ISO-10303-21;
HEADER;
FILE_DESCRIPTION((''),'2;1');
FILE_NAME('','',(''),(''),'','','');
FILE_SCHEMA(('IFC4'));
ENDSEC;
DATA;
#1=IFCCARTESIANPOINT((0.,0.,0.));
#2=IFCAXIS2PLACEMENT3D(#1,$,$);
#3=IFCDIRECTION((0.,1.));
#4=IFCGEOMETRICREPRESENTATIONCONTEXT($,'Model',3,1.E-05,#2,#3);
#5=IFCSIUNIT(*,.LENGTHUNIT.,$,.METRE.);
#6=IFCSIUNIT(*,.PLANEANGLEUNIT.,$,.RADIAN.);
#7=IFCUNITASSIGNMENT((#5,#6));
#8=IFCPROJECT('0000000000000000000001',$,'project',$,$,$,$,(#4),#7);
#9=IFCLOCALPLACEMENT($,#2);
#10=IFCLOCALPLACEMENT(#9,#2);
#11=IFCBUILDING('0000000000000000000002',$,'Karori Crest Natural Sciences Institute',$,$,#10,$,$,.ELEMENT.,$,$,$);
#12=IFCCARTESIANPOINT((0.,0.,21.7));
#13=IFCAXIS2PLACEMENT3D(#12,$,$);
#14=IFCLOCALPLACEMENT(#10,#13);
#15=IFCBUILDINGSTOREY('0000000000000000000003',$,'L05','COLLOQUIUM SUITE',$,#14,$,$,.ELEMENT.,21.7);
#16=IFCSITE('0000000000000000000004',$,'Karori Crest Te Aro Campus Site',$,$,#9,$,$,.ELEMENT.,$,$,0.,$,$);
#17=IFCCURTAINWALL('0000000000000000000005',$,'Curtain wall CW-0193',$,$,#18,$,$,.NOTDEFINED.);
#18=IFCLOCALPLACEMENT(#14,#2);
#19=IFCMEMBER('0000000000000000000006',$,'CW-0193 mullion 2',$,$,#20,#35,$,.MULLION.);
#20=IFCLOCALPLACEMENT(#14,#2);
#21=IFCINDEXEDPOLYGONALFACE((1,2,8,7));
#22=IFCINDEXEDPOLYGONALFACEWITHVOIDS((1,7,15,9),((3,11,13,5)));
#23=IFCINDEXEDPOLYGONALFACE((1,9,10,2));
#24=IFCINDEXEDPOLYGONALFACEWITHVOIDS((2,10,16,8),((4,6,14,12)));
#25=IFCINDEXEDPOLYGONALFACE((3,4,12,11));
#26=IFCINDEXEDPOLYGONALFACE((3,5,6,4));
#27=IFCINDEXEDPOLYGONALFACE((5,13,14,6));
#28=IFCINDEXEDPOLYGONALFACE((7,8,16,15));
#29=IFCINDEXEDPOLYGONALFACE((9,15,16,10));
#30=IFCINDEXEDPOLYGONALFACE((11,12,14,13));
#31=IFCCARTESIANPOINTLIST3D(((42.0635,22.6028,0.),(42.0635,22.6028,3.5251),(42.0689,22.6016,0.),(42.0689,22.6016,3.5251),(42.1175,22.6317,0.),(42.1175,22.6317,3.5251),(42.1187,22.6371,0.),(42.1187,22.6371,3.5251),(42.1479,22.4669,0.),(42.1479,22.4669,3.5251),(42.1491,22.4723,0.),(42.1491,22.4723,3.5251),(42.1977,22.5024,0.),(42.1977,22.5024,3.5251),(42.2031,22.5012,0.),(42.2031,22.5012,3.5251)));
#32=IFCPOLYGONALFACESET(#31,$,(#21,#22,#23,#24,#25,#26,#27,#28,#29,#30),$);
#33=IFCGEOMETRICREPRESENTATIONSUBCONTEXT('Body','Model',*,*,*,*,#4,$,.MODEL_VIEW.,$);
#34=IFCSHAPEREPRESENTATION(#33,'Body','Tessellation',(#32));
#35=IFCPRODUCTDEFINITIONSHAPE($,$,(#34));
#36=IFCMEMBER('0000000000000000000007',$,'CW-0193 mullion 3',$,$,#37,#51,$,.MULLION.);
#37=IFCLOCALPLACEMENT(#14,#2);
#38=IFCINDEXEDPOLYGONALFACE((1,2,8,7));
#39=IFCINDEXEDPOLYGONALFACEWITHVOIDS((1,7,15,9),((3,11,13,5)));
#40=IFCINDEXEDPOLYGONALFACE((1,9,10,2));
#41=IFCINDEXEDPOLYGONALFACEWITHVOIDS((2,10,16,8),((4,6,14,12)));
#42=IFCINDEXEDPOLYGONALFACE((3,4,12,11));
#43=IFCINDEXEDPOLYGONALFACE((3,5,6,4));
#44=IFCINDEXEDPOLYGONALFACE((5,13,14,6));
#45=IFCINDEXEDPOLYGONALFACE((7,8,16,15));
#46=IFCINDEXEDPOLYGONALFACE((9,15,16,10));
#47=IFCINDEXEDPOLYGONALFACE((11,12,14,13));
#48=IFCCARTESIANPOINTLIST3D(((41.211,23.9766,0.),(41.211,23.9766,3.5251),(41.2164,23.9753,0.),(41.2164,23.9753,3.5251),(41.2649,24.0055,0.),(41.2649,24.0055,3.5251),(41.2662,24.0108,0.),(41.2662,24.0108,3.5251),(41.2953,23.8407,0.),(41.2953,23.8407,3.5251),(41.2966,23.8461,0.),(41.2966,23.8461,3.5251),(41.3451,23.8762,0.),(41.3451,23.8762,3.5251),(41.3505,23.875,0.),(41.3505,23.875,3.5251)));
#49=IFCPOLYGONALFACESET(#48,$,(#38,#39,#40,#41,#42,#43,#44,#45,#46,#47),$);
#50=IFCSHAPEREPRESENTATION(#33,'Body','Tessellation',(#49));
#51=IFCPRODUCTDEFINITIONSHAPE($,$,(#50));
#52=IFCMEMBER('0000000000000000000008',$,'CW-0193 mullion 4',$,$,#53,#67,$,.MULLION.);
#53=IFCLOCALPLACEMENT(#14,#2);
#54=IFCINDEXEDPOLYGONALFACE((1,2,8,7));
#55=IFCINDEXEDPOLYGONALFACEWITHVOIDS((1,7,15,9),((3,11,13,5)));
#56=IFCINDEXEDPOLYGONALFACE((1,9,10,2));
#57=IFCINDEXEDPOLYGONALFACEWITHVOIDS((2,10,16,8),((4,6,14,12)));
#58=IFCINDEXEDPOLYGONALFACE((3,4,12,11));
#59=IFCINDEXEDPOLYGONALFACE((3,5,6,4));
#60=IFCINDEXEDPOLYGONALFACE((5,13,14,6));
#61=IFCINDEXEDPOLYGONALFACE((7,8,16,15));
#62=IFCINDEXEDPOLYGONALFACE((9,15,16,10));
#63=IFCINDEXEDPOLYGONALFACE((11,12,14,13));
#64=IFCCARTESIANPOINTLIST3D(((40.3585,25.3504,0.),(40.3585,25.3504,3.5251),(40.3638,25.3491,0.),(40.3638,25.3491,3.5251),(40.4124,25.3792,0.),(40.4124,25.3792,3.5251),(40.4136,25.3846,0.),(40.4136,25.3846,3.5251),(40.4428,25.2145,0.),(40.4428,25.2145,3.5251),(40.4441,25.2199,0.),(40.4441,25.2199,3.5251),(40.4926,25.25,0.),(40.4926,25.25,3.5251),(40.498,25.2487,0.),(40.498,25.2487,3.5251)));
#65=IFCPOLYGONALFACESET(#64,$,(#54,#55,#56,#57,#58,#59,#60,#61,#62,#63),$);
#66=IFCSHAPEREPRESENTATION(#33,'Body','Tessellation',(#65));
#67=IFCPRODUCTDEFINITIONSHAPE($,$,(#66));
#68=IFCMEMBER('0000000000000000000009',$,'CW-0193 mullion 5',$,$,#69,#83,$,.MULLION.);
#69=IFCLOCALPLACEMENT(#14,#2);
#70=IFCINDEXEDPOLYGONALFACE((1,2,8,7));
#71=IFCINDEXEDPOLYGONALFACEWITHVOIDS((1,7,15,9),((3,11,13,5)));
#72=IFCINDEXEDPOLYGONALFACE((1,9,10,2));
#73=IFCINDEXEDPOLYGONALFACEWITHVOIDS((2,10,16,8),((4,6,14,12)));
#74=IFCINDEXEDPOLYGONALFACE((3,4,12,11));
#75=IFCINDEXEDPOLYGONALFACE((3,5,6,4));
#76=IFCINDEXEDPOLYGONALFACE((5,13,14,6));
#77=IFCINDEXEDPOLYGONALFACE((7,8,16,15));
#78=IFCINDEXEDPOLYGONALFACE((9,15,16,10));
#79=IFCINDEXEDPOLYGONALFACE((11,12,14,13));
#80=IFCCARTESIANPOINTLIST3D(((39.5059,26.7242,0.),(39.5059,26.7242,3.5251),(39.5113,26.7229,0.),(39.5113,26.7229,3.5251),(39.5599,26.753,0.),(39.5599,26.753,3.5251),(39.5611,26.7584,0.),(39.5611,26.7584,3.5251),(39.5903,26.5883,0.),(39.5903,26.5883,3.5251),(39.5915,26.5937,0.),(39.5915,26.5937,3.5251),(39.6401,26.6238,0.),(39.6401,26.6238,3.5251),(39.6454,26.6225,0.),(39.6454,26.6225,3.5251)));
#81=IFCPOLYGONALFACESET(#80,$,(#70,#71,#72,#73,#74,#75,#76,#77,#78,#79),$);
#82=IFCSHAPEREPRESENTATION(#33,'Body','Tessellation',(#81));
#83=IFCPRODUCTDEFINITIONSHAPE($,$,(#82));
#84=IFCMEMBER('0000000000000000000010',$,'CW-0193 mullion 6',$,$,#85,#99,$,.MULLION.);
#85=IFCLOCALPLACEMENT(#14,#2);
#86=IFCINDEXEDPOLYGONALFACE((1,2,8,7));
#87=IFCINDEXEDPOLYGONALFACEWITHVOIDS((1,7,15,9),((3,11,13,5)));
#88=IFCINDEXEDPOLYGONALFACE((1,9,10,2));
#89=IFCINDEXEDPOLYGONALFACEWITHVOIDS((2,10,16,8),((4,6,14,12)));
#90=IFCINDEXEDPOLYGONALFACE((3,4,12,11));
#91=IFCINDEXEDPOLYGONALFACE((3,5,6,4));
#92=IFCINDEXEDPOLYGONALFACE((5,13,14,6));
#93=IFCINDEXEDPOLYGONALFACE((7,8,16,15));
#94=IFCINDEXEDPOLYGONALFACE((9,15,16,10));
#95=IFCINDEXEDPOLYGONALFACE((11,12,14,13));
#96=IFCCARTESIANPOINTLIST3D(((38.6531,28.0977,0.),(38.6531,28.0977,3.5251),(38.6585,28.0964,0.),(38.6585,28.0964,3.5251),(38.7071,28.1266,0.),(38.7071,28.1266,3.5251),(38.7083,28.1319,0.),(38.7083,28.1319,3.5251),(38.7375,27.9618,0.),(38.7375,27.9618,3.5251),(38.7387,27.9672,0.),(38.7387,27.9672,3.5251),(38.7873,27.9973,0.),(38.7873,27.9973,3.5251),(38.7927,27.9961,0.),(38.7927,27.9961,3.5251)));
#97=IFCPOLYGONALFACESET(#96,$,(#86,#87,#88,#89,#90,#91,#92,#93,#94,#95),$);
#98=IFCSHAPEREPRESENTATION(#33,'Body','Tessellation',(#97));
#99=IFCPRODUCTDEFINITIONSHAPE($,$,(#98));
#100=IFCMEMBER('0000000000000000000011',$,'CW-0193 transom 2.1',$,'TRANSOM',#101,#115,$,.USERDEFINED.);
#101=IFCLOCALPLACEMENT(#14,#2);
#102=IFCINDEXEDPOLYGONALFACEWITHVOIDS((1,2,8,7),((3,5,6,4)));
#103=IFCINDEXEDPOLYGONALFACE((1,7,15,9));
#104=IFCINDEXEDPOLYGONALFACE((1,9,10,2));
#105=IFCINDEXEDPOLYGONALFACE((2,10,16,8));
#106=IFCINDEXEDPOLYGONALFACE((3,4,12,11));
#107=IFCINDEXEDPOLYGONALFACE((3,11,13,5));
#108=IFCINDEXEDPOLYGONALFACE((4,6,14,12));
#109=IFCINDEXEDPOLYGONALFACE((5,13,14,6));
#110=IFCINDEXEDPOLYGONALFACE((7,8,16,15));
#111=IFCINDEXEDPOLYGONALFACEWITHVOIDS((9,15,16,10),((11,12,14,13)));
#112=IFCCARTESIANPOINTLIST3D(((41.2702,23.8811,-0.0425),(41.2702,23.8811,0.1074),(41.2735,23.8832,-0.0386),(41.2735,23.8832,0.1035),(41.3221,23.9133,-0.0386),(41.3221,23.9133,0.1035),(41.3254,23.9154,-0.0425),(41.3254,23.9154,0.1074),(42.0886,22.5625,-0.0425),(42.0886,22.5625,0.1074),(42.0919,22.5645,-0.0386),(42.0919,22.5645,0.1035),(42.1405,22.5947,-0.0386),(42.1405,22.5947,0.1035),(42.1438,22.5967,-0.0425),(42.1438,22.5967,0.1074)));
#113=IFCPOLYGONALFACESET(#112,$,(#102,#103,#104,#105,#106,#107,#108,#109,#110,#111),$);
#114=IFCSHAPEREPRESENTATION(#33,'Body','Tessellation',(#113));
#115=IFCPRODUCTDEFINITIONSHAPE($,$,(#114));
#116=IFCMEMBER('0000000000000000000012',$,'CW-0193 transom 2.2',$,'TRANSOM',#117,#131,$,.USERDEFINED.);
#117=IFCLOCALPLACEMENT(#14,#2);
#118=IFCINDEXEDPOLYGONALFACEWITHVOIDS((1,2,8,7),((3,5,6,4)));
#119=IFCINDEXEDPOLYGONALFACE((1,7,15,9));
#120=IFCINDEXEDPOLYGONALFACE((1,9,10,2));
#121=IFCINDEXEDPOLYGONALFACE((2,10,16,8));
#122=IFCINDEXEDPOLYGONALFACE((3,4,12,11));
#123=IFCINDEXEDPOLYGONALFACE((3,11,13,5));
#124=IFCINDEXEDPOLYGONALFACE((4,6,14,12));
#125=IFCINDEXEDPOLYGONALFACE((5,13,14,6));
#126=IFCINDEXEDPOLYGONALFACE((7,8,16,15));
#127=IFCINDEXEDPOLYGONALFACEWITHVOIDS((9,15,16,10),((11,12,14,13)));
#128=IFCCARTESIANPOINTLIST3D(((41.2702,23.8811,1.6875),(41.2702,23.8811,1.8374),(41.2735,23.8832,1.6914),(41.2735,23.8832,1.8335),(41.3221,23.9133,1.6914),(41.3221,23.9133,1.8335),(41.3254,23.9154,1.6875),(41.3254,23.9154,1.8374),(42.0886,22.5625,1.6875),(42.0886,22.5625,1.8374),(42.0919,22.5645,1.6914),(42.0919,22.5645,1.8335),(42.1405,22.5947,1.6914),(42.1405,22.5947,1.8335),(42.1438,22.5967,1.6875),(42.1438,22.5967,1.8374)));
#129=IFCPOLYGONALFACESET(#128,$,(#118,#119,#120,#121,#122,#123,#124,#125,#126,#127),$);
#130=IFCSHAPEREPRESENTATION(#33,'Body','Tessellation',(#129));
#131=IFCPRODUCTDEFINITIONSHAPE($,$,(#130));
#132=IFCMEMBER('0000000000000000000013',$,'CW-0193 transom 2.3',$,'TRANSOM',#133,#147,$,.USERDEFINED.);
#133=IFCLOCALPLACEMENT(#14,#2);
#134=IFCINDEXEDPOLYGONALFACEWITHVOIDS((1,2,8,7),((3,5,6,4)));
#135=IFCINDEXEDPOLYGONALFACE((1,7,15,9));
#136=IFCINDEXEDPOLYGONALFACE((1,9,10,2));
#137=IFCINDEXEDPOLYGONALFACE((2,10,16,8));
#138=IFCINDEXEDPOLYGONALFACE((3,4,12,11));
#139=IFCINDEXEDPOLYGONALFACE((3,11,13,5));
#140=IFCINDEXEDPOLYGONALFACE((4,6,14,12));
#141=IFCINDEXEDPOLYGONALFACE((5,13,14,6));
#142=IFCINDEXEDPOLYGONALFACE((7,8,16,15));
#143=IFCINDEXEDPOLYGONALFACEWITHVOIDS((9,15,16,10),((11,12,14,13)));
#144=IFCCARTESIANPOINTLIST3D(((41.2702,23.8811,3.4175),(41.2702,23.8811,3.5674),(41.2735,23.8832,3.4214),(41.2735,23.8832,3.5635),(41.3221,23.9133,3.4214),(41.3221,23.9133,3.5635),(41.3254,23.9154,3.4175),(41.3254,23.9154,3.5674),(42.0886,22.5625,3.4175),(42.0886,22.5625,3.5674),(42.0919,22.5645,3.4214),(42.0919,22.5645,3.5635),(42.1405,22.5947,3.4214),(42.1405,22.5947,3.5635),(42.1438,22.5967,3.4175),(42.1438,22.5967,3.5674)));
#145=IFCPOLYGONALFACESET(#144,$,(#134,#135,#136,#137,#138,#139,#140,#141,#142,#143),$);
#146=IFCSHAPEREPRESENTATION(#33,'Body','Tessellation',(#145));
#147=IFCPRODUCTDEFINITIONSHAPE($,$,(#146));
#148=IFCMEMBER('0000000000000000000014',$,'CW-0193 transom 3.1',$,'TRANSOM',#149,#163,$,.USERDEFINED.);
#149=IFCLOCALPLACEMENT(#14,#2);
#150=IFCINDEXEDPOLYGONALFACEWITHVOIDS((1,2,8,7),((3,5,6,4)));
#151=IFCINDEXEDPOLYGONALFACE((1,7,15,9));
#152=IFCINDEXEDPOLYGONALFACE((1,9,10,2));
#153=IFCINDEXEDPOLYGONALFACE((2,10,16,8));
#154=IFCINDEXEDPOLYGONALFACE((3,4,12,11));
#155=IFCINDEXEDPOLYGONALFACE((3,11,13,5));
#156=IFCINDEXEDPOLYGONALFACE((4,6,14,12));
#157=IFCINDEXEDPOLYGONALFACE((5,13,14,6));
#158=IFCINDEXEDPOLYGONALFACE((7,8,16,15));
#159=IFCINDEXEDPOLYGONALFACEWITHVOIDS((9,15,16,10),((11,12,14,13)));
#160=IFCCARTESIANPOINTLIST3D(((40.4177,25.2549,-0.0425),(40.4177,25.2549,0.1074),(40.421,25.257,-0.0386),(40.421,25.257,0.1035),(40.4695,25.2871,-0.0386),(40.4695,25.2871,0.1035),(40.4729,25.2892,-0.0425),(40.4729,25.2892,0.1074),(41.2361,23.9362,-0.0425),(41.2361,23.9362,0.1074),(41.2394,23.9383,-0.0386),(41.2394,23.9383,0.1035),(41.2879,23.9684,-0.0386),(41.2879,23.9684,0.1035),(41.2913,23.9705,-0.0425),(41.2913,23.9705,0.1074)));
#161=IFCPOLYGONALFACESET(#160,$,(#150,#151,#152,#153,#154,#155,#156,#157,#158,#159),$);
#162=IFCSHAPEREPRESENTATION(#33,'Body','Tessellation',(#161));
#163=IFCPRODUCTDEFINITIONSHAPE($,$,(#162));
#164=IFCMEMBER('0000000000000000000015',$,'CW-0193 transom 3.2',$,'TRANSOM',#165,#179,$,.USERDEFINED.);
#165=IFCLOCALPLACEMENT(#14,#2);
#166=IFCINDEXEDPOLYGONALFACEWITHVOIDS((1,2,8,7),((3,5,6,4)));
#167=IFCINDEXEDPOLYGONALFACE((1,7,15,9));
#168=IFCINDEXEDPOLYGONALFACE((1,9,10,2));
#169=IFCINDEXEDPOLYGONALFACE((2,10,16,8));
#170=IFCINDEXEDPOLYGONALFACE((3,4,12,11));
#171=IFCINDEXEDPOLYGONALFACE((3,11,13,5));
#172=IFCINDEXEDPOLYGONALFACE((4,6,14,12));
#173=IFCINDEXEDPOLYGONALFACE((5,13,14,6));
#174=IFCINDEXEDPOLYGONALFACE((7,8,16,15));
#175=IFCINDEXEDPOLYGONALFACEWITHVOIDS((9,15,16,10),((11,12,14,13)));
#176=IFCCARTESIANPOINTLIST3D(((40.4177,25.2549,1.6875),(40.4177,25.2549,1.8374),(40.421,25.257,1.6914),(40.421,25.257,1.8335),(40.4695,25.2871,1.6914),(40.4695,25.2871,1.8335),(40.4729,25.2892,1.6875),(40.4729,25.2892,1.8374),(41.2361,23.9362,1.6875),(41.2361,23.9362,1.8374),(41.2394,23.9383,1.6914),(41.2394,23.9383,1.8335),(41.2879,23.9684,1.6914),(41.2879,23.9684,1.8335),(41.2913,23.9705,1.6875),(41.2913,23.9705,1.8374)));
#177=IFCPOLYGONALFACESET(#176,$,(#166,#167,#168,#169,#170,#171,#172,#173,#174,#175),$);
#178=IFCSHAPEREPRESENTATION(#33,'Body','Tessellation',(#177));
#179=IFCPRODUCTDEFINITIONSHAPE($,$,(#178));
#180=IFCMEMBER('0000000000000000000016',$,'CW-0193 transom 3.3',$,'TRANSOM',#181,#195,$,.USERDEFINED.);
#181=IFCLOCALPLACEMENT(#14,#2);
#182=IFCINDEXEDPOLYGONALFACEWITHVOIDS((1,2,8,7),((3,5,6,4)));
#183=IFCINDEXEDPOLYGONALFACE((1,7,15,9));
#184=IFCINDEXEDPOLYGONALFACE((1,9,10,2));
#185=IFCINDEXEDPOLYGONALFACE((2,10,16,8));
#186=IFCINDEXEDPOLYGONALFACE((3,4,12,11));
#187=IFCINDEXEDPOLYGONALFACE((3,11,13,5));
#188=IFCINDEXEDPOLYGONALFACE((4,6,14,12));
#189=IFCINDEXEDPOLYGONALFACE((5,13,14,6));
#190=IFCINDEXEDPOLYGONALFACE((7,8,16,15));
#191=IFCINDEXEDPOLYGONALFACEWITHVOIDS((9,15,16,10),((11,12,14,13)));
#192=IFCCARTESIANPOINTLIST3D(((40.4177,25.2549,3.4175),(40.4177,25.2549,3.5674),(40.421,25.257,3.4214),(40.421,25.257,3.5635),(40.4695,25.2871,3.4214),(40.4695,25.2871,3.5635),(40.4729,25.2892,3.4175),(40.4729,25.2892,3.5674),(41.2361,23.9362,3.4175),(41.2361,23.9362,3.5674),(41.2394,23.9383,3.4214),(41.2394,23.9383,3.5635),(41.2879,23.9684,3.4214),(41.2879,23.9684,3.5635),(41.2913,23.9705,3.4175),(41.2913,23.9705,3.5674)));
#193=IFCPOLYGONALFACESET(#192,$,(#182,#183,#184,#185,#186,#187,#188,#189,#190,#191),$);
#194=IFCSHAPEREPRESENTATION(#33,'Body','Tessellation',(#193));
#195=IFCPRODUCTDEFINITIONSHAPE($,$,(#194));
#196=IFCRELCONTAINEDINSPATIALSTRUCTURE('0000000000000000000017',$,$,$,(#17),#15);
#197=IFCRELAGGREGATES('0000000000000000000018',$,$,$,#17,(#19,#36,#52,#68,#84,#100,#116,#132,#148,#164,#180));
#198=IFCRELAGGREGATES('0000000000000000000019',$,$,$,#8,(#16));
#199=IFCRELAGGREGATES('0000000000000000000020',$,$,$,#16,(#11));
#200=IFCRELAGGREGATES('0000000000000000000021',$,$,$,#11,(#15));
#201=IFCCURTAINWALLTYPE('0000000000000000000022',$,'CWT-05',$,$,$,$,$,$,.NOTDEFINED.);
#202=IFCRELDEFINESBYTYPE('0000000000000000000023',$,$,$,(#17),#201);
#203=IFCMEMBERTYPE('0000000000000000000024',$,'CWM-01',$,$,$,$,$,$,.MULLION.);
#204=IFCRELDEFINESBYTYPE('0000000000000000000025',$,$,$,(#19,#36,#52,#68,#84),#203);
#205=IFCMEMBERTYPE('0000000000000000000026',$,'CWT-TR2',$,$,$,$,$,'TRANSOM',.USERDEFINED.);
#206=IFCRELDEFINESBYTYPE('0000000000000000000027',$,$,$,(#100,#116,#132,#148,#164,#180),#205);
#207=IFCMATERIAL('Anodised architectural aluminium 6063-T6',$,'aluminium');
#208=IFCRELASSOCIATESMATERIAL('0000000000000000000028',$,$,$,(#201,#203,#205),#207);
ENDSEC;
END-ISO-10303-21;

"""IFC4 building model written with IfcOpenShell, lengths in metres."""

from ifc_helpers import new_model, si_unit, direction, frame, origin, origin_2d, place, context, subcontext, project, spatial, hollow_rectangle, extrude, material, material_profile, profile_set, type_object, element, aggregate, save


model = new_model("IFC4")

# Units and contexts
model_context = context("Model", 3, precision=1e-05, world=origin(), true_north=direction((0.0, 1.0)))
body_context = subcontext(model_context, "Body", "Model", "MODEL_VIEW")
ifc_project = project(units=[si_unit("LENGTHUNIT", "METRE"), si_unit("PLANEANGLEUNIT", "RADIAN")], contexts=[model_context])

# Site, building, storey
site_placement = place(None, origin())
site = spatial("IfcSite", under=ifc_project, at=site_placement, Name="Karori Crest Te Aro Campus Site", CompositionType="ELEMENT", RefElevation=0.0)
building_placement = place(site_placement, origin())
building = spatial("IfcBuilding", under=site, at=building_placement, Name="Karori Crest Natural Sciences Institute", CompositionType="ELEMENT")
storey_placement = place(building_placement, frame((0.0, 0.0, 21.7)))
storey = spatial("IfcBuildingStorey", under=building, at=storey_placement, Name="L05", Description="COLLOQUIUM SUITE", CompositionType="ELEMENT", Elevation=21.7)

# Curtain wall, members
ifc_material_1 = material(Name="Anodised architectural aluminium 6063-T6", Category="aluminium")
curtain_wall_type = type_object("IfcCurtainWallType", Name="CWT-05", PredefinedType="NOTDEFINED", material=ifc_material_1)
curtain_wall_placement = place(storey_placement, origin())
curtain_wall = element("IfcCurtainWall", 1, at=curtain_wall_placement, inside=storey, type_object=curtain_wall_type, Name="Curtain wall CW-0193", PredefinedType="NOTDEFINED")
ifc_material_profile_1 = material_profile(ifc_material_1, hollow_rectangle(XDim=0.0649, YDim=0.1599, WallThickness=0.0039, at=origin_2d()), Name="CWM160x65x4")
ifc_profile_set_1 = profile_set([ifc_material_profile_1], Name="Anodised architectural aluminium 6063-T6")
member_type_1 = type_object("IfcMemberType", Name="CWM-01", PredefinedType="MULLION", material=ifc_profile_set_1)
member_1_placement = place(storey_placement, frame((42.1333, 22.552, 0.0), z_axis=(0.0, 0.0, 1.0), x_axis=(-0.849662, -0.527328, 0.0)))
member_1 = element("IfcMember", 2, at=member_1_placement, type_object=member_type_1, Name="CW-0193 mullion 2", PredefinedType="MULLION", context=body_context, shape_type="SweptSolid", body=[
    extrude(hollow_rectangle(XDim=0.0649, YDim=0.1599, WallThickness=0.0039, at=origin_2d()), origin(), (0.0, 0.0, 1.0), 3.5251),
])
member_2_placement = place(storey_placement, frame((41.2808, 23.9258, 0.0), z_axis=(0.0, 0.0, 1.0), x_axis=(-0.849662, -0.527328, 0.0)))
member_2 = element("IfcMember", 3, at=member_2_placement, type_object=member_type_1, Name="CW-0193 mullion 3", PredefinedType="MULLION", context=body_context, shape_type="SweptSolid", body=[
    extrude(hollow_rectangle(XDim=0.0649, YDim=0.1599, WallThickness=0.0039, at=origin_2d()), origin(), (0.0, 0.0, 1.0), 3.5251),
])
member_3_placement = place(storey_placement, frame((40.4282, 25.2996, 0.0), z_axis=(0.0, 0.0, 1.0), x_axis=(-0.849662, -0.527328, 0.0)))
member_3 = element("IfcMember", 4, at=member_3_placement, type_object=member_type_1, Name="CW-0193 mullion 4", PredefinedType="MULLION", context=body_context, shape_type="SweptSolid", body=[
    extrude(hollow_rectangle(XDim=0.0649, YDim=0.1599, WallThickness=0.0039, at=origin_2d()), origin(), (0.0, 0.0, 1.0), 3.5251),
])
member_4_placement = place(storey_placement, frame((39.5757, 26.6733, 0.0), z_axis=(0.0, 0.0, 1.0), x_axis=(-0.849662, -0.527328, 0.0)))
member_4 = element("IfcMember", 5, at=member_4_placement, type_object=member_type_1, Name="CW-0193 mullion 5", PredefinedType="MULLION", context=body_context, shape_type="SweptSolid", body=[
    extrude(hollow_rectangle(XDim=0.0649, YDim=0.1599, WallThickness=0.0039, at=origin_2d()), origin(), (0.0, 0.0, 1.0), 3.5251),
])
member_5_placement = place(storey_placement, frame((38.7229, 28.0469, 0.0), z_axis=(0.0, 0.0, 1.0), x_axis=(-0.849662, -0.527328, 0.0)))
member_5 = element("IfcMember", 6, at=member_5_placement, type_object=member_type_1, Name="CW-0193 mullion 6", PredefinedType="MULLION", context=body_context, shape_type="SweptSolid", body=[
    extrude(hollow_rectangle(XDim=0.0649, YDim=0.1599, WallThickness=0.0039, at=origin_2d()), origin(), (0.0, 0.0, 1.0), 3.5251),
])
ifc_material_profile_2 = material_profile(ifc_material_1, hollow_rectangle(XDim=0.0649, YDim=0.1499, WallThickness=0.0039, at=origin_2d()), Name="CWT150x65x4")
ifc_profile_set_2 = profile_set([ifc_material_profile_2], Name="Anodised architectural aluminium 6063-T6")
member_type_2 = type_object("IfcMemberType", Name="CWT-TR2", ElementType="TRANSOM", PredefinedType="USERDEFINED", material=ifc_profile_set_2)
member_6_placement = place(storey_placement, frame((42.1162, 22.5796, 0.0325), z_axis=(-0.527324, 0.849664, 0.0), x_axis=(-0.849664, -0.527324, 0.0)))
member_6 = element("IfcMember", 7, at=member_6_placement, type_object=member_type_2, Name="CW-0193 transom 2.1", ObjectType="TRANSOM", PredefinedType="USERDEFINED", context=body_context, shape_type="SweptSolid", body=[
    extrude(hollow_rectangle(XDim=0.0649, YDim=0.1499, WallThickness=0.0039, at=origin_2d()), origin(), (0.0, 0.0, 1.0), 1.552),
])
member_7_placement = place(storey_placement, frame((42.1162, 22.5796, 1.7625), z_axis=(-0.527324, 0.849664, 0.0), x_axis=(-0.849664, -0.527324, 0.0)))
member_7 = element("IfcMember", 8, at=member_7_placement, type_object=member_type_2, Name="CW-0193 transom 2.2", ObjectType="TRANSOM", PredefinedType="USERDEFINED", context=body_context, shape_type="SweptSolid", body=[
    extrude(hollow_rectangle(XDim=0.0649, YDim=0.1499, WallThickness=0.0039, at=origin_2d()), origin(), (0.0, 0.0, 1.0), 1.552),
])
member_8_placement = place(storey_placement, frame((42.1162, 22.5796, 3.4924), z_axis=(-0.527324, 0.849664, 0.0), x_axis=(-0.849664, -0.527324, 0.0)))
member_8 = element("IfcMember", 9, at=member_8_placement, type_object=member_type_2, Name="CW-0193 transom 2.3", ObjectType="TRANSOM", PredefinedType="USERDEFINED", context=body_context, shape_type="SweptSolid", body=[
    extrude(hollow_rectangle(XDim=0.0649, YDim=0.1499, WallThickness=0.0039, at=origin_2d()), origin(), (0.0, 0.0, 1.0), 1.552),
])
member_9_placement = place(storey_placement, frame((41.2637, 23.9534, 0.0325), z_axis=(-0.527324, 0.849664, 0.0), x_axis=(-0.849664, -0.527324, 0.0)))
member_9 = element("IfcMember", 10, at=member_9_placement, type_object=member_type_2, Name="CW-0193 transom 3.1", ObjectType="TRANSOM", PredefinedType="USERDEFINED", context=body_context, shape_type="SweptSolid", body=[
    extrude(hollow_rectangle(XDim=0.0649, YDim=0.1499, WallThickness=0.0039, at=origin_2d()), origin(), (0.0, 0.0, 1.0), 1.552),
])
member_10_placement = place(storey_placement, frame((41.2637, 23.9534, 1.7625), z_axis=(-0.527324, 0.849664, 0.0), x_axis=(-0.849664, -0.527324, 0.0)))
member_10 = element("IfcMember", 11, at=member_10_placement, type_object=member_type_2, Name="CW-0193 transom 3.2", ObjectType="TRANSOM", PredefinedType="USERDEFINED", context=body_context, shape_type="SweptSolid", body=[
    extrude(hollow_rectangle(XDim=0.0649, YDim=0.1499, WallThickness=0.0039, at=origin_2d()), origin(), (0.0, 0.0, 1.0), 1.552),
])
member_11_placement = place(storey_placement, frame((41.2637, 23.9534, 3.4924), z_axis=(-0.527324, 0.849664, 0.0), x_axis=(-0.849664, -0.527324, 0.0)))
member_11 = element("IfcMember", 12, at=member_11_placement, type_object=member_type_2, Name="CW-0193 transom 3.3", ObjectType="TRANSOM", PredefinedType="USERDEFINED", context=body_context, shape_type="SweptSolid", body=[
    extrude(hollow_rectangle(XDim=0.0649, YDim=0.1499, WallThickness=0.0039, at=origin_2d()), origin(), (0.0, 0.0, 1.0), 1.552),
])
aggregate(curtain_wall, [member_1, member_2, member_3, member_4, member_5, member_6, member_7, member_8, member_9, member_10, member_11])

save(model, "model.ifc")
